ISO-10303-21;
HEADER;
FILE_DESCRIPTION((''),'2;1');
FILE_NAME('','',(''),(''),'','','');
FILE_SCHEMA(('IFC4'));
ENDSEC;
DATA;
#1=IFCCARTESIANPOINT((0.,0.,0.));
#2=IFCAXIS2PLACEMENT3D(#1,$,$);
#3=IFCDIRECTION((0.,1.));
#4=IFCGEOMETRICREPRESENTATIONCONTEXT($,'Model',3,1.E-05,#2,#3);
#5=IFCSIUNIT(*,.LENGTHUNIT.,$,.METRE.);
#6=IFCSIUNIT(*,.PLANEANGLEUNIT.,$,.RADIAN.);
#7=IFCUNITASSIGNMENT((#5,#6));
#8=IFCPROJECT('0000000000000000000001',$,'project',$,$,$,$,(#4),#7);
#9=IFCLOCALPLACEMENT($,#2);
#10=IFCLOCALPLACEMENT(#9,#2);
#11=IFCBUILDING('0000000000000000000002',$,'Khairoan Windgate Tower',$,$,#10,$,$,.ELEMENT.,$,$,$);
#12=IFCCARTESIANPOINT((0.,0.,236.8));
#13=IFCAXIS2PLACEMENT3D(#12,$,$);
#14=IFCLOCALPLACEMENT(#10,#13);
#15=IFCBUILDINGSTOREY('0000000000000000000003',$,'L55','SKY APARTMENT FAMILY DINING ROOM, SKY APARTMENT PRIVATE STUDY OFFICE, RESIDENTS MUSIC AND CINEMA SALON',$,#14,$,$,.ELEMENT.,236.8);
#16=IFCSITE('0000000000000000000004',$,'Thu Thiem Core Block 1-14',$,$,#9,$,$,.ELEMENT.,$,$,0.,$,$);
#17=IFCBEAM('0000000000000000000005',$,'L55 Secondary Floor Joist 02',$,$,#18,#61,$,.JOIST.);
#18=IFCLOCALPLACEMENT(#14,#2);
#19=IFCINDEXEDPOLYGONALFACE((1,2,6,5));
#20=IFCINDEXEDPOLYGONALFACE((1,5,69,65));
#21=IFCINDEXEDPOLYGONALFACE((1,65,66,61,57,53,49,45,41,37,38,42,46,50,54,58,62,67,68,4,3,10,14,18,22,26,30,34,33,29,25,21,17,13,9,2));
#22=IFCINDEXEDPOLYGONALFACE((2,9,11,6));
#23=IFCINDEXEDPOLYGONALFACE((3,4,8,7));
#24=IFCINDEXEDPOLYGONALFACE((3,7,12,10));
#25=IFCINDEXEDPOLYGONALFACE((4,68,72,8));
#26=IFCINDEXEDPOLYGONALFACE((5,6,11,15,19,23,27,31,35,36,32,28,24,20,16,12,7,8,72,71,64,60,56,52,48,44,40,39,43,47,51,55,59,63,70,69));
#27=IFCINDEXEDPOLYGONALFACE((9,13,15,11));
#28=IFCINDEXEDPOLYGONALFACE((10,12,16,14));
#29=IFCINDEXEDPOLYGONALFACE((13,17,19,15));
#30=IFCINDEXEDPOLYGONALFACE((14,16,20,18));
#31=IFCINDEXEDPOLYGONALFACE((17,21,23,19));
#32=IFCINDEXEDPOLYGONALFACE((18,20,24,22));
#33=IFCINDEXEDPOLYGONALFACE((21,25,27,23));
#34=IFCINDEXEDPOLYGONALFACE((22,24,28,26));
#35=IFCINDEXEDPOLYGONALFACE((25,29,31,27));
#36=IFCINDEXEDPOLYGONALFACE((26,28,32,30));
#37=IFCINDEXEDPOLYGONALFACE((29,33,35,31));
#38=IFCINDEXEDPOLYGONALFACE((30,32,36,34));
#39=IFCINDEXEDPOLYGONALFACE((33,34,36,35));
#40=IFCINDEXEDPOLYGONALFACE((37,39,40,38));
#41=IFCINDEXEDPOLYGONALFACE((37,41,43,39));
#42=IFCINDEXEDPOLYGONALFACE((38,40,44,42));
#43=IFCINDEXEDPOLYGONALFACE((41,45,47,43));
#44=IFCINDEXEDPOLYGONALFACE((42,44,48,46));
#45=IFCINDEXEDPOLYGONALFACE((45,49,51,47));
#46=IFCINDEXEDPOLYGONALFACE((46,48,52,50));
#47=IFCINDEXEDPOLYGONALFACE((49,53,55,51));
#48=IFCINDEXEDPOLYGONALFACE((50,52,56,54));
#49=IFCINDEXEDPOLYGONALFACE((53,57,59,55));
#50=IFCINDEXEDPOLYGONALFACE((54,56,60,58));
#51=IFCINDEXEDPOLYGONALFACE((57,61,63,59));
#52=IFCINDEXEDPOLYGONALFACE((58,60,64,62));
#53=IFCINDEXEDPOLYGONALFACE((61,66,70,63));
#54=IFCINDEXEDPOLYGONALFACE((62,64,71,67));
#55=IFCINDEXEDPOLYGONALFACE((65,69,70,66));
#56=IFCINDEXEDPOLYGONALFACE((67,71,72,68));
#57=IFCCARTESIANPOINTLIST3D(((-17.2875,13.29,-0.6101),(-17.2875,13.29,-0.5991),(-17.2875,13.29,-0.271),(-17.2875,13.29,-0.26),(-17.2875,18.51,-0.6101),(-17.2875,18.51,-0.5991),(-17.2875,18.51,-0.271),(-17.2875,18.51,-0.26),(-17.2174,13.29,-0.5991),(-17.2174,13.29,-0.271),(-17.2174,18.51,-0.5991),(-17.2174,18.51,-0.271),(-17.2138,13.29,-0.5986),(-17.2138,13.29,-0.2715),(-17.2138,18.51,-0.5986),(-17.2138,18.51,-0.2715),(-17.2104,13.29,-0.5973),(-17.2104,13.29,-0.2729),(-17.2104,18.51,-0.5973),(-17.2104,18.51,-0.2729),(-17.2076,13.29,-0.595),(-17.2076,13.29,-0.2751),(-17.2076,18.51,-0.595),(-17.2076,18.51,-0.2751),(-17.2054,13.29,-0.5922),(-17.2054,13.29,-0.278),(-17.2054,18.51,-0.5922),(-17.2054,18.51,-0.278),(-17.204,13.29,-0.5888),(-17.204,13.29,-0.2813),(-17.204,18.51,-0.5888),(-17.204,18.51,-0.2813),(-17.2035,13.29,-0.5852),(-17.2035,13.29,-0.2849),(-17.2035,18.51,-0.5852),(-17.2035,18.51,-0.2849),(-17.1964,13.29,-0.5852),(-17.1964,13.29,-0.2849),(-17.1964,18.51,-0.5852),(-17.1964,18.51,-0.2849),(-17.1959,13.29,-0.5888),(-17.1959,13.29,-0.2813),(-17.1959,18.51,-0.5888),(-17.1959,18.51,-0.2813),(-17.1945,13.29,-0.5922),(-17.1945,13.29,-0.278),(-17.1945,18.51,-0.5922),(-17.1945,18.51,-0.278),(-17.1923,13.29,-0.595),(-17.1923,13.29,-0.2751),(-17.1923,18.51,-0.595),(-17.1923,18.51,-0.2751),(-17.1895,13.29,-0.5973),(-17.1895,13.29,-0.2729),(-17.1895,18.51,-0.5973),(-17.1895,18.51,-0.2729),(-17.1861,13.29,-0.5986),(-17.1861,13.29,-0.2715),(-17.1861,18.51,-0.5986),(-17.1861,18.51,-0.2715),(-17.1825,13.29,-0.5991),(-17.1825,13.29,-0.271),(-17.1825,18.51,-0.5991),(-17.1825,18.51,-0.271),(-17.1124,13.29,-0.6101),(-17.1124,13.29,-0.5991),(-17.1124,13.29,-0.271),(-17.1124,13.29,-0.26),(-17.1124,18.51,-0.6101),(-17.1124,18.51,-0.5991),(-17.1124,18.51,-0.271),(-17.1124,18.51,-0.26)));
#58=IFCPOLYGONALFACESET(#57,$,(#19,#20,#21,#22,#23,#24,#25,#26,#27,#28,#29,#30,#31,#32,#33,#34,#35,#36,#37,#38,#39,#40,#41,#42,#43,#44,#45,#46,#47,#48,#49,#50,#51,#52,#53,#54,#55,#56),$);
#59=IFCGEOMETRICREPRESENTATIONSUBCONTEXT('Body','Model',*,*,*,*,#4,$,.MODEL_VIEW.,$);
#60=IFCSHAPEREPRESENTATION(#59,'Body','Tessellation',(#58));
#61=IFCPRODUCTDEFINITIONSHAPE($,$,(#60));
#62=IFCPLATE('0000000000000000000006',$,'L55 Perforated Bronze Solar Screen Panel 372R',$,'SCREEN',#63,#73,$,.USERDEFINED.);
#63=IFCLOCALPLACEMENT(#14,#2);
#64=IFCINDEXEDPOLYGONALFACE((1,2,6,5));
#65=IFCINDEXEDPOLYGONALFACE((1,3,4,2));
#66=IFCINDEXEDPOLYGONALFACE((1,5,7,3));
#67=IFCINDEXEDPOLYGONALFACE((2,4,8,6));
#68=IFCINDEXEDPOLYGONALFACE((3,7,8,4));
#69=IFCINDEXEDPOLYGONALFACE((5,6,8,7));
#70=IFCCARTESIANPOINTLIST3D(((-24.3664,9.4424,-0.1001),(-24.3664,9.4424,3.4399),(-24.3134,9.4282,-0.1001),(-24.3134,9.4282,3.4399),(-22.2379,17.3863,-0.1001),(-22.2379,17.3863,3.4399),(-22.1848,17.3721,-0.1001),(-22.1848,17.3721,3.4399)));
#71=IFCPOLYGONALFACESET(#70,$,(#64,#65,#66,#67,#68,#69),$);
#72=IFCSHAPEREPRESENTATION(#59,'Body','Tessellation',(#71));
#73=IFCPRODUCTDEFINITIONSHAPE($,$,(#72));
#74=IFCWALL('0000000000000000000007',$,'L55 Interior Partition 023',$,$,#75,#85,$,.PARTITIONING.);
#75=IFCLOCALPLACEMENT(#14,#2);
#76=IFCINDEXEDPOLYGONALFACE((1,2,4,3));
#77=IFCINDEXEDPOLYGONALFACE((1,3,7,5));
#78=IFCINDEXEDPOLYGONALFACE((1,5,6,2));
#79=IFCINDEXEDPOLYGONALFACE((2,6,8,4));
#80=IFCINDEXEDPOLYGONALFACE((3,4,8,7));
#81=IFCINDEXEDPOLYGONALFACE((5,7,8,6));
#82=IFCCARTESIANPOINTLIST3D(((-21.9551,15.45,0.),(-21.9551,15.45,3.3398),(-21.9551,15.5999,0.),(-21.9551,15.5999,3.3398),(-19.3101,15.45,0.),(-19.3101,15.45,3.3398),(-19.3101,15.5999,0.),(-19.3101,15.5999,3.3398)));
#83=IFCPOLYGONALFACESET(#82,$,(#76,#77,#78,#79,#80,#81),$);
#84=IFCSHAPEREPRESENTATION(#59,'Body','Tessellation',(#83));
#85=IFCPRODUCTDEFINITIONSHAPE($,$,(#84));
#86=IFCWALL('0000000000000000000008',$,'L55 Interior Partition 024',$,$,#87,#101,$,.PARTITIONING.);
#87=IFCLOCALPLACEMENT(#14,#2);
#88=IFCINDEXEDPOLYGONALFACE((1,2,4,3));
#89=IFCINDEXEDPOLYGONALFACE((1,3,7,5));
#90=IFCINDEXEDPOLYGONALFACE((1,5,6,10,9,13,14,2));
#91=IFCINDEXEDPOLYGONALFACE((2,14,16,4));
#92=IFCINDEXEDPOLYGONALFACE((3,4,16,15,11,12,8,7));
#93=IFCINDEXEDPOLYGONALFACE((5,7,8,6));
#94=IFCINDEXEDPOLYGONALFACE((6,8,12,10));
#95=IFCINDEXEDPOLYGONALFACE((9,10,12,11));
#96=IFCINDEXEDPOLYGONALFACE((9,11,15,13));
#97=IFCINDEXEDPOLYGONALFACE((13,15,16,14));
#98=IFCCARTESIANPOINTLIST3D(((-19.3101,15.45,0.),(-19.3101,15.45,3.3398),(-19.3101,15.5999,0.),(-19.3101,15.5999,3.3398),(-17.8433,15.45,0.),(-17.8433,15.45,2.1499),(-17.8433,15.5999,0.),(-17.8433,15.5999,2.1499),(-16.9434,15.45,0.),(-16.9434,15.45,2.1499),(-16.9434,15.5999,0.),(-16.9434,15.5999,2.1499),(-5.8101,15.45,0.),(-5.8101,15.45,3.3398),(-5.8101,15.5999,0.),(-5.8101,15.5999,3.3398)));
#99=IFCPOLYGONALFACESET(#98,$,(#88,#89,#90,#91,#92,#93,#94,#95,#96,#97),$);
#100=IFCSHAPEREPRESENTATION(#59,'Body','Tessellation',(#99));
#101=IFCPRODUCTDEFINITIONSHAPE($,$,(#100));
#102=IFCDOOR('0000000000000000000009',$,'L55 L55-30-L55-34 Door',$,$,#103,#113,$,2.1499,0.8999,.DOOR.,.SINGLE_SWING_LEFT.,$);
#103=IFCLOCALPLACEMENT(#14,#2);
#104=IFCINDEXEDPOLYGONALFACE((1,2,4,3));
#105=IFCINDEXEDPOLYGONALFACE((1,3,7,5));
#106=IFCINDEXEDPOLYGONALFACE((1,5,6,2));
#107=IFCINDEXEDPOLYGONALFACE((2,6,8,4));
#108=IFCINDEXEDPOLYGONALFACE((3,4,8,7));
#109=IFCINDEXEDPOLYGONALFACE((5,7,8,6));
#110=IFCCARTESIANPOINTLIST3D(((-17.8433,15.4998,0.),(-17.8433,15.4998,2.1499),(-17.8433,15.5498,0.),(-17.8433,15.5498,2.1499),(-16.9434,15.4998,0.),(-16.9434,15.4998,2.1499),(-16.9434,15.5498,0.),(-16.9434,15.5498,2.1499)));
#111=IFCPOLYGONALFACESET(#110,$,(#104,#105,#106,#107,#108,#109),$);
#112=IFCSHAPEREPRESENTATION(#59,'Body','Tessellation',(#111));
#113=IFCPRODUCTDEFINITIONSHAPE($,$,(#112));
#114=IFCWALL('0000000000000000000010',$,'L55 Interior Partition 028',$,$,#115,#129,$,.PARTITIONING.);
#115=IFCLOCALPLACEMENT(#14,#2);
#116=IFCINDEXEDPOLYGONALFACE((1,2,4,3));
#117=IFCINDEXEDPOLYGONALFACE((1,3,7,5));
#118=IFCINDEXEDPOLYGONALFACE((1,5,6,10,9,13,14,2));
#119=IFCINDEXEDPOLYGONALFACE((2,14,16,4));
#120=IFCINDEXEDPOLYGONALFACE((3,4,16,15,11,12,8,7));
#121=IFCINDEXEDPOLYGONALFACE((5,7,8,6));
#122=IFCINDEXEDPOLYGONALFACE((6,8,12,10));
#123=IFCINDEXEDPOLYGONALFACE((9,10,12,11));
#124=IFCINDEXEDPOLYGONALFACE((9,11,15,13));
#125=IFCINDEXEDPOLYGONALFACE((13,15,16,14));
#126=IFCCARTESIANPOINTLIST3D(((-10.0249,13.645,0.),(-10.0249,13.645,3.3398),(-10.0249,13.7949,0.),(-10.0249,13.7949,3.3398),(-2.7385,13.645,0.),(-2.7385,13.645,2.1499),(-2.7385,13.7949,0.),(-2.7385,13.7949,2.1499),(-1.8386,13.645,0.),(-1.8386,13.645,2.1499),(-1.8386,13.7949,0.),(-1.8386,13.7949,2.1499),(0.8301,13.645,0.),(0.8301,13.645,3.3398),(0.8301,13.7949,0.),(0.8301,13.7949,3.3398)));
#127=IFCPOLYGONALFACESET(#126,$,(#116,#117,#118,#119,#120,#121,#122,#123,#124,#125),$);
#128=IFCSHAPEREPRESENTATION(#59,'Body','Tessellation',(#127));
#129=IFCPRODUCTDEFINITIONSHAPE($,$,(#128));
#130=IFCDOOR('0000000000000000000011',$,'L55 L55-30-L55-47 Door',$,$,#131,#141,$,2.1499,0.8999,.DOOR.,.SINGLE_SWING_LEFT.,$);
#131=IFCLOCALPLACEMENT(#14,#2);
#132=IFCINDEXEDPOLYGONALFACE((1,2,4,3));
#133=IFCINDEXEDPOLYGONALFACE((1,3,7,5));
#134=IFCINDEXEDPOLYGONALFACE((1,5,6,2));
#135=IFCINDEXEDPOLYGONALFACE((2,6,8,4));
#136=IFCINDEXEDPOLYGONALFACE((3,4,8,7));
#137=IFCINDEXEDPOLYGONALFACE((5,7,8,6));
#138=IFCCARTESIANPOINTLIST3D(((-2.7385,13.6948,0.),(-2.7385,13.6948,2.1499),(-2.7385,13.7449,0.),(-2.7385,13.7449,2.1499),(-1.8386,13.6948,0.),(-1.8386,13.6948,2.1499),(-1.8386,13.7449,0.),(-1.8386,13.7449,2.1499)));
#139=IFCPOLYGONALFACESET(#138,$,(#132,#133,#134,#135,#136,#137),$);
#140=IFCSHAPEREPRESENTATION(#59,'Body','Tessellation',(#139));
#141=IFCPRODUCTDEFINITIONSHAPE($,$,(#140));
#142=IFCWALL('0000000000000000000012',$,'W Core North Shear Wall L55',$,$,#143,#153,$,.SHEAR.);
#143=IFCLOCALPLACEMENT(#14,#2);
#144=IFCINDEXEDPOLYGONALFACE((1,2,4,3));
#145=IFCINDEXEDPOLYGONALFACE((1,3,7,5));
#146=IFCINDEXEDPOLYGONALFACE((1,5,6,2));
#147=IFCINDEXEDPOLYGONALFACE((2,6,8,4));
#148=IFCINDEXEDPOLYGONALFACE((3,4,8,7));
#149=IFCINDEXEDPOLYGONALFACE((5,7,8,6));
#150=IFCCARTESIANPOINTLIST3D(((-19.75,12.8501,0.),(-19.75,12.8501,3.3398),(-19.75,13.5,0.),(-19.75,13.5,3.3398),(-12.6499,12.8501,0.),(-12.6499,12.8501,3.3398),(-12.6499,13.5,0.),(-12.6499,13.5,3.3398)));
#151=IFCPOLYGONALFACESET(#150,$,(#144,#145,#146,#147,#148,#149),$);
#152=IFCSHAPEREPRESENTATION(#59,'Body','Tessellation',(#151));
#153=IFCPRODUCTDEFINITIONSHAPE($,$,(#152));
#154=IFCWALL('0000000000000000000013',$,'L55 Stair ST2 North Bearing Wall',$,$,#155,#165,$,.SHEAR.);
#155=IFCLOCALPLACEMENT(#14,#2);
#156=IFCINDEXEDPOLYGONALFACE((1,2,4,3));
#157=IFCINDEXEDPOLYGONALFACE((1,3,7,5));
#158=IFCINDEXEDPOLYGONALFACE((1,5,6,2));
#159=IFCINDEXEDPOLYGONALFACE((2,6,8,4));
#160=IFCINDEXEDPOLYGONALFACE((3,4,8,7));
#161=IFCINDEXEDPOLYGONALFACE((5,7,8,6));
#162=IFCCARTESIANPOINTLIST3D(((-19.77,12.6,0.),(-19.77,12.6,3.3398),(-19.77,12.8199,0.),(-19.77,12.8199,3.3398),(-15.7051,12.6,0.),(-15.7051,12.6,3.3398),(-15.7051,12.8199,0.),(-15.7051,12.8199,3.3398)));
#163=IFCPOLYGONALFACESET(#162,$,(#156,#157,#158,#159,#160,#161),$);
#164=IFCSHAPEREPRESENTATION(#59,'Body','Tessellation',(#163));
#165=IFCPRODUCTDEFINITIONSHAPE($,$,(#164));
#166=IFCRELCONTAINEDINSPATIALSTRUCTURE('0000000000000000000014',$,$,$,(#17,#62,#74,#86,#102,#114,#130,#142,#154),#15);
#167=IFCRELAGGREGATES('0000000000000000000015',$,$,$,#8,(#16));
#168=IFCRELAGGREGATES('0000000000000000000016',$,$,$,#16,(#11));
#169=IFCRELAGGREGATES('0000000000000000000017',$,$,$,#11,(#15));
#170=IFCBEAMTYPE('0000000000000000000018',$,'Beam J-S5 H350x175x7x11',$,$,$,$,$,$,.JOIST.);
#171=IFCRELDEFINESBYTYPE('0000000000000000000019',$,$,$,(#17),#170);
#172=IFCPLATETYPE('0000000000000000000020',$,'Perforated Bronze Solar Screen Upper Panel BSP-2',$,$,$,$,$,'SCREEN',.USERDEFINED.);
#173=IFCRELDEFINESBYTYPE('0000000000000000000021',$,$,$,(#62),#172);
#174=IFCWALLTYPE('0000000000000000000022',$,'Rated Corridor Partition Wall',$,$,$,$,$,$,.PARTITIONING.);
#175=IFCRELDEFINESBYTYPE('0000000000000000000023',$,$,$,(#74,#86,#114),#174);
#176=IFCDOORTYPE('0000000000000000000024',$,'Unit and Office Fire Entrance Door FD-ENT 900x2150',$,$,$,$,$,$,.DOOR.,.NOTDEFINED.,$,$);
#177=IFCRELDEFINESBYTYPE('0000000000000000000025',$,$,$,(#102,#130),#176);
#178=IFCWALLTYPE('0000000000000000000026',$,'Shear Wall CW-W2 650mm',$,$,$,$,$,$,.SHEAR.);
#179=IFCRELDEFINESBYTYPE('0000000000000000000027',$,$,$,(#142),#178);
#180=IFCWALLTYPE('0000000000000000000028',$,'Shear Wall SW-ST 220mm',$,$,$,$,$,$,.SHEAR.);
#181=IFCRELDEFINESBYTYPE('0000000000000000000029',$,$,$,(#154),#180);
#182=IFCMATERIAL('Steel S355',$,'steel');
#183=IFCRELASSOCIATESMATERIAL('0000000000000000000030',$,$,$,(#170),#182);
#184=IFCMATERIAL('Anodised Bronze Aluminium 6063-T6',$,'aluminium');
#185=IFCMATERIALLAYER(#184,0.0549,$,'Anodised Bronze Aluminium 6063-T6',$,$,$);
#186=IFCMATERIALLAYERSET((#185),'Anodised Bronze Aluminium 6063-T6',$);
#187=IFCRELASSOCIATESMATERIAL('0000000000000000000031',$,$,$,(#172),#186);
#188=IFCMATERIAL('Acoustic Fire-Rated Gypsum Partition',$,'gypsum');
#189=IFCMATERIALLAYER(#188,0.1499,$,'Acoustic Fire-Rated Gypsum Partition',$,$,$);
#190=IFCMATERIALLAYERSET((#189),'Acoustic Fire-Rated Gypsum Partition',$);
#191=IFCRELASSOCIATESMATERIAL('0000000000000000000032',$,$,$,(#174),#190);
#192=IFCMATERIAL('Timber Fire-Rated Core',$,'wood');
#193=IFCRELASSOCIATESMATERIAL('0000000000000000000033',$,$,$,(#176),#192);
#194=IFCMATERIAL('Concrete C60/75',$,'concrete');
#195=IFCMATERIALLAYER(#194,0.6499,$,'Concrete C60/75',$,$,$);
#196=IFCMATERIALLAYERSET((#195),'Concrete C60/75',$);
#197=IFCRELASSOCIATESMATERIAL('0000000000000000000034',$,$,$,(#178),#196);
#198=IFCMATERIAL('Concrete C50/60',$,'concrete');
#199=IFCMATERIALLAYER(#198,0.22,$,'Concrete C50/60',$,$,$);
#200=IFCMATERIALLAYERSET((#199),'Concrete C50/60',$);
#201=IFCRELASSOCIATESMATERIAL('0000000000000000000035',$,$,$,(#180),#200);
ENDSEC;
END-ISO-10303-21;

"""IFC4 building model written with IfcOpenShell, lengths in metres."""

from ifc_helpers import new_model, si_unit, direction, frame, frame_2d, origin, origin_2d, place, context, subcontext, project, spatial, rectangle, i_section, extrude, material, layer, layer_set, material_profile, profile_set, type_object, element, fill, save


model = new_model("IFC4")

# Units and contexts
model_context = context("Model", 3, precision=1e-05, world=origin(), true_north=direction((0.0, 1.0)))
body_context = subcontext(model_context, "Body", "Model", "MODEL_VIEW")
ifc_project = project(units=[si_unit("LENGTHUNIT", "METRE"), si_unit("PLANEANGLEUNIT", "RADIAN")], contexts=[model_context])

# Site, building, storey
site_placement = place(None, origin())
site = spatial("IfcSite", under=ifc_project, at=site_placement, Name="Thu Thiem Core Block 1-14", CompositionType="ELEMENT", RefElevation=0.0)
building_placement = place(site_placement, origin())
building = spatial("IfcBuilding", under=site, at=building_placement, Name="Khairoan Windgate Tower", CompositionType="ELEMENT")
storey_placement = place(building_placement, frame((0.0, 0.0, 236.8)))
storey = spatial("IfcBuildingStorey", under=building, at=storey_placement, Name="L55", Description="SKY APARTMENT FAMILY DINING ROOM, SKY APARTMENT PRIVATE STUDY OFFICE, RESIDENTS MUSIC AND CINEMA SALON", CompositionType="ELEMENT", Elevation=236.8)

# Beam
ifc_material_1 = material(Name="Steel S355", Category="steel")
ifc_material_profile_1 = material_profile(ifc_material_1, i_section(OverallWidth=0.175, OverallDepth=0.3501, WebThickness=0.0071, FlangeThickness=0.011, FilletRadius=0.0139, at=origin_2d()))
ifc_profile_set_1 = profile_set([ifc_material_profile_1], Name="Steel S355")
beam_type_1 = type_object("IfcBeamType", Name="Beam J-S5 H350x175x7x11", PredefinedType="JOIST", material=ifc_profile_set_1)
beam_1_placement = place(storey_placement, frame((-17.2, 13.29, -0.4351), z_axis=(0.0, 1.0, 0.0), x_axis=(-1.0, 0.0, 0.0)))
element("IfcBeam", 1, at=beam_1_placement, inside=storey, type_object=beam_type_1, Name="L55 Secondary Floor Joist 02", PredefinedType="JOIST", context=body_context, shape_type="SweptSolid", body=[
    extrude(i_section(OverallWidth=0.175, OverallDepth=0.3501, WebThickness=0.0071, FlangeThickness=0.011, FilletRadius=0.0139, at=origin_2d()), origin(), (0.0, 0.0, 1.0), 5.22),
])

# Plate
ifc_material_2 = material(Name="Anodised Bronze Aluminium 6063-T6", Category="aluminium")
ifc_layer_1 = layer(ifc_material_2, 0.0549, Name="Anodised Bronze Aluminium 6063-T6")
ifc_layer_set_1 = layer_set([ifc_layer_1], Name="Anodised Bronze Aluminium 6063-T6")
plate_type = type_object("IfcPlateType", Name="Perforated Bronze Solar Screen Upper Panel BSP-2", ElementType="SCREEN", PredefinedType="USERDEFINED", material=ifc_layer_set_1)
plate_placement = place(storey_placement, frame((-23.2756, 13.4072, -0.1001), z_axis=(0.0, 0.0, 1.0), x_axis=(0.258819, 0.965926, 0.0)))
element("IfcPlate", 2, at=plate_placement, inside=storey, type_object=plate_type, Name="L55 Perforated Bronze Solar Screen Panel 372R", ObjectType="SCREEN", PredefinedType="USERDEFINED", context=body_context, shape_type="SweptSolid", body=[
    extrude(rectangle(XDim=8.2241, YDim=0.0549, at=origin_2d()), origin(), (0.0, 0.0, 1.0), 3.54),
])

# Wall
ifc_material_3 = material(Name="Acoustic Fire-Rated Gypsum Partition", Category="gypsum")
ifc_layer_2 = layer(ifc_material_3, 0.1499, Name="Acoustic Fire-Rated Gypsum Partition")
ifc_layer_set_2 = layer_set([ifc_layer_2], Name="Acoustic Fire-Rated Gypsum Partition")
wall_type_1 = type_object("IfcWallType", Name="Rated Corridor Partition Wall", PredefinedType="PARTITIONING", material=ifc_layer_set_2)
wall_1_placement = place(storey_placement, frame((-21.9551, 15.5249, 0.0), z_axis=(0.0, 0.0, 1.0), x_axis=(1.0, 0.0, 0.0)))
element("IfcWall", 3, at=wall_1_placement, inside=storey, type_object=wall_type_1, Name="L55 Interior Partition 023", PredefinedType="PARTITIONING", context=body_context, shape_type="SweptSolid", body=[
    extrude(rectangle(XDim=2.645, YDim=0.1499, at=frame_2d((1.3225, 0.0))), origin(), (0.0, 0.0, 1.0), 3.3398),
])

# Walls, openings, doors
wall_2_placement = place(storey_placement, frame((-19.3101, 15.5249, 0.0), z_axis=(0.0, 0.0, 1.0), x_axis=(1.0, 0.0, 0.0)))
wall_2 = element("IfcWall", 4, at=wall_2_placement, inside=storey, type_object=wall_type_1, Name="L55 Interior Partition 024", PredefinedType="PARTITIONING", context=body_context, shape_type="SweptSolid", body=[
    extrude(rectangle(XDim=13.5, YDim=0.1499, at=frame_2d((6.75, 0.0))), origin(), (0.0, 0.0, 1.0), 3.3398),
])
opening_1_placement = place(wall_2_placement, frame((1.4668, 0.0, 0.0)))
opening_1 = element("IfcOpeningElement", 5, at=opening_1_placement, cuts=wall_2, PredefinedType="OPENING", context=body_context, shape_type="SweptSolid", body=[
    extrude(rectangle(XDim=0.8999, YDim=2.1499, at=frame_2d((0.45, 1.075))), frame((0.0, 0.085, 0.0), z_axis=(0.0, -1.0, 0.0), x_axis=(1.0, 0.0, 0.0)), (0.0, 0.0, 1.0), 0.1699),
])
ifc_material_4 = material(Name="Timber Fire-Rated Core", Category="wood")
door_type = type_object("IfcDoorType", Name="Unit and Office Fire Entrance Door FD-ENT 900x2150", OperationType="NOTDEFINED", PredefinedType="DOOR", material=ifc_material_4)
door_1_placement = place(opening_1_placement, origin())
door_1 = element("IfcDoor", 6, at=door_1_placement, inside=storey, type_object=door_type, Name="L55 L55-30-L55-34 Door", OperationType="SINGLE_SWING_LEFT", OverallHeight=2.1499, OverallWidth=0.8999, PredefinedType="DOOR", context=body_context, shape_type="SweptSolid", body=[
    extrude(rectangle(XDim=0.8999, YDim=2.1499, at=frame_2d((0.45, 1.075))), frame((0.0, 0.0249, 0.0), z_axis=(0.0, -1.0, 0.0), x_axis=(1.0, 0.0, 0.0)), (0.0, 0.0, 1.0), 0.05),
])
fill(opening_1, door_1)
wall_3_placement = place(storey_placement, frame((-10.0249, 13.72, 0.0), z_axis=(0.0, 0.0, 1.0), x_axis=(1.0, 0.0, 0.0)))
wall_3 = element("IfcWall", 7, at=wall_3_placement, inside=storey, type_object=wall_type_1, Name="L55 Interior Partition 028", PredefinedType="PARTITIONING", context=body_context, shape_type="SweptSolid", body=[
    extrude(rectangle(XDim=10.855, YDim=0.1499, at=frame_2d((5.4275, 0.0))), origin(), (0.0, 0.0, 1.0), 3.3398),
])
opening_2_placement = place(wall_3_placement, frame((7.2864, 0.0, 0.0)))
opening_2 = element("IfcOpeningElement", 8, at=opening_2_placement, cuts=wall_3, PredefinedType="OPENING", context=body_context, shape_type="SweptSolid", body=[
    extrude(rectangle(XDim=0.8999, YDim=2.1499, at=frame_2d((0.45, 1.075))), frame((0.0, 0.085, 0.0), z_axis=(0.0, -1.0, 0.0), x_axis=(1.0, 0.0, 0.0)), (0.0, 0.0, 1.0), 0.1699),
])
door_2_placement = place(opening_2_placement, origin())
door_2 = element("IfcDoor", 9, at=door_2_placement, inside=storey, type_object=door_type, Name="L55 L55-30-L55-47 Door", OperationType="SINGLE_SWING_LEFT", OverallHeight=2.1499, OverallWidth=0.8999, PredefinedType="DOOR", context=body_context, shape_type="SweptSolid", body=[
    extrude(rectangle(XDim=0.8999, YDim=2.1499, at=frame_2d((0.45, 1.075))), frame((0.0, 0.0249, 0.0), z_axis=(0.0, -1.0, 0.0), x_axis=(1.0, 0.0, 0.0)), (0.0, 0.0, 1.0), 0.05),
])
fill(opening_2, door_2)

# Walls
ifc_material_5 = material(Name="Concrete C60/75", Category="concrete")
ifc_layer_3 = layer(ifc_material_5, 0.6499, Name="Concrete C60/75")
ifc_layer_set_3 = layer_set([ifc_layer_3], Name="Concrete C60/75")
wall_type_2 = type_object("IfcWallType", Name="Shear Wall CW-W2 650mm", PredefinedType="SHEAR", material=ifc_layer_set_3)
wall_4_placement = place(storey_placement, frame((-19.75, 13.175, 0.0), z_axis=(0.0, 0.0, 1.0), x_axis=(1.0, 0.0, 0.0)))
element("IfcWall", 10, at=wall_4_placement, inside=storey, type_object=wall_type_2, Name="W Core North Shear Wall L55", PredefinedType="SHEAR", context=body_context, shape_type="SweptSolid", body=[
    extrude(rectangle(XDim=7.1001, YDim=0.6499, at=frame_2d((3.55, 0.0))), origin(), (0.0, 0.0, 1.0), 3.3398),
])
ifc_material_6 = material(Name="Concrete C50/60", Category="concrete")
ifc_layer_4 = layer(ifc_material_6, 0.22, Name="Concrete C50/60")
ifc_layer_set_4 = layer_set([ifc_layer_4], Name="Concrete C50/60")
wall_type_3 = type_object("IfcWallType", Name="Shear Wall SW-ST 220mm", PredefinedType="SHEAR", material=ifc_layer_set_4)
wall_5_placement = place(storey_placement, frame((-19.77, 12.71, 0.0), z_axis=(0.0, 0.0, 1.0), x_axis=(1.0, 0.0, 0.0)))
element("IfcWall", 11, at=wall_5_placement, inside=storey, type_object=wall_type_3, Name="L55 Stair ST2 North Bearing Wall", PredefinedType="SHEAR", context=body_context, shape_type="SweptSolid", body=[
    extrude(rectangle(XDim=4.0649, YDim=0.22, at=frame_2d((2.0325, 0.0))), origin(), (0.0, 0.0, 1.0), 3.3398),
])

save(model, "model.ifc")
